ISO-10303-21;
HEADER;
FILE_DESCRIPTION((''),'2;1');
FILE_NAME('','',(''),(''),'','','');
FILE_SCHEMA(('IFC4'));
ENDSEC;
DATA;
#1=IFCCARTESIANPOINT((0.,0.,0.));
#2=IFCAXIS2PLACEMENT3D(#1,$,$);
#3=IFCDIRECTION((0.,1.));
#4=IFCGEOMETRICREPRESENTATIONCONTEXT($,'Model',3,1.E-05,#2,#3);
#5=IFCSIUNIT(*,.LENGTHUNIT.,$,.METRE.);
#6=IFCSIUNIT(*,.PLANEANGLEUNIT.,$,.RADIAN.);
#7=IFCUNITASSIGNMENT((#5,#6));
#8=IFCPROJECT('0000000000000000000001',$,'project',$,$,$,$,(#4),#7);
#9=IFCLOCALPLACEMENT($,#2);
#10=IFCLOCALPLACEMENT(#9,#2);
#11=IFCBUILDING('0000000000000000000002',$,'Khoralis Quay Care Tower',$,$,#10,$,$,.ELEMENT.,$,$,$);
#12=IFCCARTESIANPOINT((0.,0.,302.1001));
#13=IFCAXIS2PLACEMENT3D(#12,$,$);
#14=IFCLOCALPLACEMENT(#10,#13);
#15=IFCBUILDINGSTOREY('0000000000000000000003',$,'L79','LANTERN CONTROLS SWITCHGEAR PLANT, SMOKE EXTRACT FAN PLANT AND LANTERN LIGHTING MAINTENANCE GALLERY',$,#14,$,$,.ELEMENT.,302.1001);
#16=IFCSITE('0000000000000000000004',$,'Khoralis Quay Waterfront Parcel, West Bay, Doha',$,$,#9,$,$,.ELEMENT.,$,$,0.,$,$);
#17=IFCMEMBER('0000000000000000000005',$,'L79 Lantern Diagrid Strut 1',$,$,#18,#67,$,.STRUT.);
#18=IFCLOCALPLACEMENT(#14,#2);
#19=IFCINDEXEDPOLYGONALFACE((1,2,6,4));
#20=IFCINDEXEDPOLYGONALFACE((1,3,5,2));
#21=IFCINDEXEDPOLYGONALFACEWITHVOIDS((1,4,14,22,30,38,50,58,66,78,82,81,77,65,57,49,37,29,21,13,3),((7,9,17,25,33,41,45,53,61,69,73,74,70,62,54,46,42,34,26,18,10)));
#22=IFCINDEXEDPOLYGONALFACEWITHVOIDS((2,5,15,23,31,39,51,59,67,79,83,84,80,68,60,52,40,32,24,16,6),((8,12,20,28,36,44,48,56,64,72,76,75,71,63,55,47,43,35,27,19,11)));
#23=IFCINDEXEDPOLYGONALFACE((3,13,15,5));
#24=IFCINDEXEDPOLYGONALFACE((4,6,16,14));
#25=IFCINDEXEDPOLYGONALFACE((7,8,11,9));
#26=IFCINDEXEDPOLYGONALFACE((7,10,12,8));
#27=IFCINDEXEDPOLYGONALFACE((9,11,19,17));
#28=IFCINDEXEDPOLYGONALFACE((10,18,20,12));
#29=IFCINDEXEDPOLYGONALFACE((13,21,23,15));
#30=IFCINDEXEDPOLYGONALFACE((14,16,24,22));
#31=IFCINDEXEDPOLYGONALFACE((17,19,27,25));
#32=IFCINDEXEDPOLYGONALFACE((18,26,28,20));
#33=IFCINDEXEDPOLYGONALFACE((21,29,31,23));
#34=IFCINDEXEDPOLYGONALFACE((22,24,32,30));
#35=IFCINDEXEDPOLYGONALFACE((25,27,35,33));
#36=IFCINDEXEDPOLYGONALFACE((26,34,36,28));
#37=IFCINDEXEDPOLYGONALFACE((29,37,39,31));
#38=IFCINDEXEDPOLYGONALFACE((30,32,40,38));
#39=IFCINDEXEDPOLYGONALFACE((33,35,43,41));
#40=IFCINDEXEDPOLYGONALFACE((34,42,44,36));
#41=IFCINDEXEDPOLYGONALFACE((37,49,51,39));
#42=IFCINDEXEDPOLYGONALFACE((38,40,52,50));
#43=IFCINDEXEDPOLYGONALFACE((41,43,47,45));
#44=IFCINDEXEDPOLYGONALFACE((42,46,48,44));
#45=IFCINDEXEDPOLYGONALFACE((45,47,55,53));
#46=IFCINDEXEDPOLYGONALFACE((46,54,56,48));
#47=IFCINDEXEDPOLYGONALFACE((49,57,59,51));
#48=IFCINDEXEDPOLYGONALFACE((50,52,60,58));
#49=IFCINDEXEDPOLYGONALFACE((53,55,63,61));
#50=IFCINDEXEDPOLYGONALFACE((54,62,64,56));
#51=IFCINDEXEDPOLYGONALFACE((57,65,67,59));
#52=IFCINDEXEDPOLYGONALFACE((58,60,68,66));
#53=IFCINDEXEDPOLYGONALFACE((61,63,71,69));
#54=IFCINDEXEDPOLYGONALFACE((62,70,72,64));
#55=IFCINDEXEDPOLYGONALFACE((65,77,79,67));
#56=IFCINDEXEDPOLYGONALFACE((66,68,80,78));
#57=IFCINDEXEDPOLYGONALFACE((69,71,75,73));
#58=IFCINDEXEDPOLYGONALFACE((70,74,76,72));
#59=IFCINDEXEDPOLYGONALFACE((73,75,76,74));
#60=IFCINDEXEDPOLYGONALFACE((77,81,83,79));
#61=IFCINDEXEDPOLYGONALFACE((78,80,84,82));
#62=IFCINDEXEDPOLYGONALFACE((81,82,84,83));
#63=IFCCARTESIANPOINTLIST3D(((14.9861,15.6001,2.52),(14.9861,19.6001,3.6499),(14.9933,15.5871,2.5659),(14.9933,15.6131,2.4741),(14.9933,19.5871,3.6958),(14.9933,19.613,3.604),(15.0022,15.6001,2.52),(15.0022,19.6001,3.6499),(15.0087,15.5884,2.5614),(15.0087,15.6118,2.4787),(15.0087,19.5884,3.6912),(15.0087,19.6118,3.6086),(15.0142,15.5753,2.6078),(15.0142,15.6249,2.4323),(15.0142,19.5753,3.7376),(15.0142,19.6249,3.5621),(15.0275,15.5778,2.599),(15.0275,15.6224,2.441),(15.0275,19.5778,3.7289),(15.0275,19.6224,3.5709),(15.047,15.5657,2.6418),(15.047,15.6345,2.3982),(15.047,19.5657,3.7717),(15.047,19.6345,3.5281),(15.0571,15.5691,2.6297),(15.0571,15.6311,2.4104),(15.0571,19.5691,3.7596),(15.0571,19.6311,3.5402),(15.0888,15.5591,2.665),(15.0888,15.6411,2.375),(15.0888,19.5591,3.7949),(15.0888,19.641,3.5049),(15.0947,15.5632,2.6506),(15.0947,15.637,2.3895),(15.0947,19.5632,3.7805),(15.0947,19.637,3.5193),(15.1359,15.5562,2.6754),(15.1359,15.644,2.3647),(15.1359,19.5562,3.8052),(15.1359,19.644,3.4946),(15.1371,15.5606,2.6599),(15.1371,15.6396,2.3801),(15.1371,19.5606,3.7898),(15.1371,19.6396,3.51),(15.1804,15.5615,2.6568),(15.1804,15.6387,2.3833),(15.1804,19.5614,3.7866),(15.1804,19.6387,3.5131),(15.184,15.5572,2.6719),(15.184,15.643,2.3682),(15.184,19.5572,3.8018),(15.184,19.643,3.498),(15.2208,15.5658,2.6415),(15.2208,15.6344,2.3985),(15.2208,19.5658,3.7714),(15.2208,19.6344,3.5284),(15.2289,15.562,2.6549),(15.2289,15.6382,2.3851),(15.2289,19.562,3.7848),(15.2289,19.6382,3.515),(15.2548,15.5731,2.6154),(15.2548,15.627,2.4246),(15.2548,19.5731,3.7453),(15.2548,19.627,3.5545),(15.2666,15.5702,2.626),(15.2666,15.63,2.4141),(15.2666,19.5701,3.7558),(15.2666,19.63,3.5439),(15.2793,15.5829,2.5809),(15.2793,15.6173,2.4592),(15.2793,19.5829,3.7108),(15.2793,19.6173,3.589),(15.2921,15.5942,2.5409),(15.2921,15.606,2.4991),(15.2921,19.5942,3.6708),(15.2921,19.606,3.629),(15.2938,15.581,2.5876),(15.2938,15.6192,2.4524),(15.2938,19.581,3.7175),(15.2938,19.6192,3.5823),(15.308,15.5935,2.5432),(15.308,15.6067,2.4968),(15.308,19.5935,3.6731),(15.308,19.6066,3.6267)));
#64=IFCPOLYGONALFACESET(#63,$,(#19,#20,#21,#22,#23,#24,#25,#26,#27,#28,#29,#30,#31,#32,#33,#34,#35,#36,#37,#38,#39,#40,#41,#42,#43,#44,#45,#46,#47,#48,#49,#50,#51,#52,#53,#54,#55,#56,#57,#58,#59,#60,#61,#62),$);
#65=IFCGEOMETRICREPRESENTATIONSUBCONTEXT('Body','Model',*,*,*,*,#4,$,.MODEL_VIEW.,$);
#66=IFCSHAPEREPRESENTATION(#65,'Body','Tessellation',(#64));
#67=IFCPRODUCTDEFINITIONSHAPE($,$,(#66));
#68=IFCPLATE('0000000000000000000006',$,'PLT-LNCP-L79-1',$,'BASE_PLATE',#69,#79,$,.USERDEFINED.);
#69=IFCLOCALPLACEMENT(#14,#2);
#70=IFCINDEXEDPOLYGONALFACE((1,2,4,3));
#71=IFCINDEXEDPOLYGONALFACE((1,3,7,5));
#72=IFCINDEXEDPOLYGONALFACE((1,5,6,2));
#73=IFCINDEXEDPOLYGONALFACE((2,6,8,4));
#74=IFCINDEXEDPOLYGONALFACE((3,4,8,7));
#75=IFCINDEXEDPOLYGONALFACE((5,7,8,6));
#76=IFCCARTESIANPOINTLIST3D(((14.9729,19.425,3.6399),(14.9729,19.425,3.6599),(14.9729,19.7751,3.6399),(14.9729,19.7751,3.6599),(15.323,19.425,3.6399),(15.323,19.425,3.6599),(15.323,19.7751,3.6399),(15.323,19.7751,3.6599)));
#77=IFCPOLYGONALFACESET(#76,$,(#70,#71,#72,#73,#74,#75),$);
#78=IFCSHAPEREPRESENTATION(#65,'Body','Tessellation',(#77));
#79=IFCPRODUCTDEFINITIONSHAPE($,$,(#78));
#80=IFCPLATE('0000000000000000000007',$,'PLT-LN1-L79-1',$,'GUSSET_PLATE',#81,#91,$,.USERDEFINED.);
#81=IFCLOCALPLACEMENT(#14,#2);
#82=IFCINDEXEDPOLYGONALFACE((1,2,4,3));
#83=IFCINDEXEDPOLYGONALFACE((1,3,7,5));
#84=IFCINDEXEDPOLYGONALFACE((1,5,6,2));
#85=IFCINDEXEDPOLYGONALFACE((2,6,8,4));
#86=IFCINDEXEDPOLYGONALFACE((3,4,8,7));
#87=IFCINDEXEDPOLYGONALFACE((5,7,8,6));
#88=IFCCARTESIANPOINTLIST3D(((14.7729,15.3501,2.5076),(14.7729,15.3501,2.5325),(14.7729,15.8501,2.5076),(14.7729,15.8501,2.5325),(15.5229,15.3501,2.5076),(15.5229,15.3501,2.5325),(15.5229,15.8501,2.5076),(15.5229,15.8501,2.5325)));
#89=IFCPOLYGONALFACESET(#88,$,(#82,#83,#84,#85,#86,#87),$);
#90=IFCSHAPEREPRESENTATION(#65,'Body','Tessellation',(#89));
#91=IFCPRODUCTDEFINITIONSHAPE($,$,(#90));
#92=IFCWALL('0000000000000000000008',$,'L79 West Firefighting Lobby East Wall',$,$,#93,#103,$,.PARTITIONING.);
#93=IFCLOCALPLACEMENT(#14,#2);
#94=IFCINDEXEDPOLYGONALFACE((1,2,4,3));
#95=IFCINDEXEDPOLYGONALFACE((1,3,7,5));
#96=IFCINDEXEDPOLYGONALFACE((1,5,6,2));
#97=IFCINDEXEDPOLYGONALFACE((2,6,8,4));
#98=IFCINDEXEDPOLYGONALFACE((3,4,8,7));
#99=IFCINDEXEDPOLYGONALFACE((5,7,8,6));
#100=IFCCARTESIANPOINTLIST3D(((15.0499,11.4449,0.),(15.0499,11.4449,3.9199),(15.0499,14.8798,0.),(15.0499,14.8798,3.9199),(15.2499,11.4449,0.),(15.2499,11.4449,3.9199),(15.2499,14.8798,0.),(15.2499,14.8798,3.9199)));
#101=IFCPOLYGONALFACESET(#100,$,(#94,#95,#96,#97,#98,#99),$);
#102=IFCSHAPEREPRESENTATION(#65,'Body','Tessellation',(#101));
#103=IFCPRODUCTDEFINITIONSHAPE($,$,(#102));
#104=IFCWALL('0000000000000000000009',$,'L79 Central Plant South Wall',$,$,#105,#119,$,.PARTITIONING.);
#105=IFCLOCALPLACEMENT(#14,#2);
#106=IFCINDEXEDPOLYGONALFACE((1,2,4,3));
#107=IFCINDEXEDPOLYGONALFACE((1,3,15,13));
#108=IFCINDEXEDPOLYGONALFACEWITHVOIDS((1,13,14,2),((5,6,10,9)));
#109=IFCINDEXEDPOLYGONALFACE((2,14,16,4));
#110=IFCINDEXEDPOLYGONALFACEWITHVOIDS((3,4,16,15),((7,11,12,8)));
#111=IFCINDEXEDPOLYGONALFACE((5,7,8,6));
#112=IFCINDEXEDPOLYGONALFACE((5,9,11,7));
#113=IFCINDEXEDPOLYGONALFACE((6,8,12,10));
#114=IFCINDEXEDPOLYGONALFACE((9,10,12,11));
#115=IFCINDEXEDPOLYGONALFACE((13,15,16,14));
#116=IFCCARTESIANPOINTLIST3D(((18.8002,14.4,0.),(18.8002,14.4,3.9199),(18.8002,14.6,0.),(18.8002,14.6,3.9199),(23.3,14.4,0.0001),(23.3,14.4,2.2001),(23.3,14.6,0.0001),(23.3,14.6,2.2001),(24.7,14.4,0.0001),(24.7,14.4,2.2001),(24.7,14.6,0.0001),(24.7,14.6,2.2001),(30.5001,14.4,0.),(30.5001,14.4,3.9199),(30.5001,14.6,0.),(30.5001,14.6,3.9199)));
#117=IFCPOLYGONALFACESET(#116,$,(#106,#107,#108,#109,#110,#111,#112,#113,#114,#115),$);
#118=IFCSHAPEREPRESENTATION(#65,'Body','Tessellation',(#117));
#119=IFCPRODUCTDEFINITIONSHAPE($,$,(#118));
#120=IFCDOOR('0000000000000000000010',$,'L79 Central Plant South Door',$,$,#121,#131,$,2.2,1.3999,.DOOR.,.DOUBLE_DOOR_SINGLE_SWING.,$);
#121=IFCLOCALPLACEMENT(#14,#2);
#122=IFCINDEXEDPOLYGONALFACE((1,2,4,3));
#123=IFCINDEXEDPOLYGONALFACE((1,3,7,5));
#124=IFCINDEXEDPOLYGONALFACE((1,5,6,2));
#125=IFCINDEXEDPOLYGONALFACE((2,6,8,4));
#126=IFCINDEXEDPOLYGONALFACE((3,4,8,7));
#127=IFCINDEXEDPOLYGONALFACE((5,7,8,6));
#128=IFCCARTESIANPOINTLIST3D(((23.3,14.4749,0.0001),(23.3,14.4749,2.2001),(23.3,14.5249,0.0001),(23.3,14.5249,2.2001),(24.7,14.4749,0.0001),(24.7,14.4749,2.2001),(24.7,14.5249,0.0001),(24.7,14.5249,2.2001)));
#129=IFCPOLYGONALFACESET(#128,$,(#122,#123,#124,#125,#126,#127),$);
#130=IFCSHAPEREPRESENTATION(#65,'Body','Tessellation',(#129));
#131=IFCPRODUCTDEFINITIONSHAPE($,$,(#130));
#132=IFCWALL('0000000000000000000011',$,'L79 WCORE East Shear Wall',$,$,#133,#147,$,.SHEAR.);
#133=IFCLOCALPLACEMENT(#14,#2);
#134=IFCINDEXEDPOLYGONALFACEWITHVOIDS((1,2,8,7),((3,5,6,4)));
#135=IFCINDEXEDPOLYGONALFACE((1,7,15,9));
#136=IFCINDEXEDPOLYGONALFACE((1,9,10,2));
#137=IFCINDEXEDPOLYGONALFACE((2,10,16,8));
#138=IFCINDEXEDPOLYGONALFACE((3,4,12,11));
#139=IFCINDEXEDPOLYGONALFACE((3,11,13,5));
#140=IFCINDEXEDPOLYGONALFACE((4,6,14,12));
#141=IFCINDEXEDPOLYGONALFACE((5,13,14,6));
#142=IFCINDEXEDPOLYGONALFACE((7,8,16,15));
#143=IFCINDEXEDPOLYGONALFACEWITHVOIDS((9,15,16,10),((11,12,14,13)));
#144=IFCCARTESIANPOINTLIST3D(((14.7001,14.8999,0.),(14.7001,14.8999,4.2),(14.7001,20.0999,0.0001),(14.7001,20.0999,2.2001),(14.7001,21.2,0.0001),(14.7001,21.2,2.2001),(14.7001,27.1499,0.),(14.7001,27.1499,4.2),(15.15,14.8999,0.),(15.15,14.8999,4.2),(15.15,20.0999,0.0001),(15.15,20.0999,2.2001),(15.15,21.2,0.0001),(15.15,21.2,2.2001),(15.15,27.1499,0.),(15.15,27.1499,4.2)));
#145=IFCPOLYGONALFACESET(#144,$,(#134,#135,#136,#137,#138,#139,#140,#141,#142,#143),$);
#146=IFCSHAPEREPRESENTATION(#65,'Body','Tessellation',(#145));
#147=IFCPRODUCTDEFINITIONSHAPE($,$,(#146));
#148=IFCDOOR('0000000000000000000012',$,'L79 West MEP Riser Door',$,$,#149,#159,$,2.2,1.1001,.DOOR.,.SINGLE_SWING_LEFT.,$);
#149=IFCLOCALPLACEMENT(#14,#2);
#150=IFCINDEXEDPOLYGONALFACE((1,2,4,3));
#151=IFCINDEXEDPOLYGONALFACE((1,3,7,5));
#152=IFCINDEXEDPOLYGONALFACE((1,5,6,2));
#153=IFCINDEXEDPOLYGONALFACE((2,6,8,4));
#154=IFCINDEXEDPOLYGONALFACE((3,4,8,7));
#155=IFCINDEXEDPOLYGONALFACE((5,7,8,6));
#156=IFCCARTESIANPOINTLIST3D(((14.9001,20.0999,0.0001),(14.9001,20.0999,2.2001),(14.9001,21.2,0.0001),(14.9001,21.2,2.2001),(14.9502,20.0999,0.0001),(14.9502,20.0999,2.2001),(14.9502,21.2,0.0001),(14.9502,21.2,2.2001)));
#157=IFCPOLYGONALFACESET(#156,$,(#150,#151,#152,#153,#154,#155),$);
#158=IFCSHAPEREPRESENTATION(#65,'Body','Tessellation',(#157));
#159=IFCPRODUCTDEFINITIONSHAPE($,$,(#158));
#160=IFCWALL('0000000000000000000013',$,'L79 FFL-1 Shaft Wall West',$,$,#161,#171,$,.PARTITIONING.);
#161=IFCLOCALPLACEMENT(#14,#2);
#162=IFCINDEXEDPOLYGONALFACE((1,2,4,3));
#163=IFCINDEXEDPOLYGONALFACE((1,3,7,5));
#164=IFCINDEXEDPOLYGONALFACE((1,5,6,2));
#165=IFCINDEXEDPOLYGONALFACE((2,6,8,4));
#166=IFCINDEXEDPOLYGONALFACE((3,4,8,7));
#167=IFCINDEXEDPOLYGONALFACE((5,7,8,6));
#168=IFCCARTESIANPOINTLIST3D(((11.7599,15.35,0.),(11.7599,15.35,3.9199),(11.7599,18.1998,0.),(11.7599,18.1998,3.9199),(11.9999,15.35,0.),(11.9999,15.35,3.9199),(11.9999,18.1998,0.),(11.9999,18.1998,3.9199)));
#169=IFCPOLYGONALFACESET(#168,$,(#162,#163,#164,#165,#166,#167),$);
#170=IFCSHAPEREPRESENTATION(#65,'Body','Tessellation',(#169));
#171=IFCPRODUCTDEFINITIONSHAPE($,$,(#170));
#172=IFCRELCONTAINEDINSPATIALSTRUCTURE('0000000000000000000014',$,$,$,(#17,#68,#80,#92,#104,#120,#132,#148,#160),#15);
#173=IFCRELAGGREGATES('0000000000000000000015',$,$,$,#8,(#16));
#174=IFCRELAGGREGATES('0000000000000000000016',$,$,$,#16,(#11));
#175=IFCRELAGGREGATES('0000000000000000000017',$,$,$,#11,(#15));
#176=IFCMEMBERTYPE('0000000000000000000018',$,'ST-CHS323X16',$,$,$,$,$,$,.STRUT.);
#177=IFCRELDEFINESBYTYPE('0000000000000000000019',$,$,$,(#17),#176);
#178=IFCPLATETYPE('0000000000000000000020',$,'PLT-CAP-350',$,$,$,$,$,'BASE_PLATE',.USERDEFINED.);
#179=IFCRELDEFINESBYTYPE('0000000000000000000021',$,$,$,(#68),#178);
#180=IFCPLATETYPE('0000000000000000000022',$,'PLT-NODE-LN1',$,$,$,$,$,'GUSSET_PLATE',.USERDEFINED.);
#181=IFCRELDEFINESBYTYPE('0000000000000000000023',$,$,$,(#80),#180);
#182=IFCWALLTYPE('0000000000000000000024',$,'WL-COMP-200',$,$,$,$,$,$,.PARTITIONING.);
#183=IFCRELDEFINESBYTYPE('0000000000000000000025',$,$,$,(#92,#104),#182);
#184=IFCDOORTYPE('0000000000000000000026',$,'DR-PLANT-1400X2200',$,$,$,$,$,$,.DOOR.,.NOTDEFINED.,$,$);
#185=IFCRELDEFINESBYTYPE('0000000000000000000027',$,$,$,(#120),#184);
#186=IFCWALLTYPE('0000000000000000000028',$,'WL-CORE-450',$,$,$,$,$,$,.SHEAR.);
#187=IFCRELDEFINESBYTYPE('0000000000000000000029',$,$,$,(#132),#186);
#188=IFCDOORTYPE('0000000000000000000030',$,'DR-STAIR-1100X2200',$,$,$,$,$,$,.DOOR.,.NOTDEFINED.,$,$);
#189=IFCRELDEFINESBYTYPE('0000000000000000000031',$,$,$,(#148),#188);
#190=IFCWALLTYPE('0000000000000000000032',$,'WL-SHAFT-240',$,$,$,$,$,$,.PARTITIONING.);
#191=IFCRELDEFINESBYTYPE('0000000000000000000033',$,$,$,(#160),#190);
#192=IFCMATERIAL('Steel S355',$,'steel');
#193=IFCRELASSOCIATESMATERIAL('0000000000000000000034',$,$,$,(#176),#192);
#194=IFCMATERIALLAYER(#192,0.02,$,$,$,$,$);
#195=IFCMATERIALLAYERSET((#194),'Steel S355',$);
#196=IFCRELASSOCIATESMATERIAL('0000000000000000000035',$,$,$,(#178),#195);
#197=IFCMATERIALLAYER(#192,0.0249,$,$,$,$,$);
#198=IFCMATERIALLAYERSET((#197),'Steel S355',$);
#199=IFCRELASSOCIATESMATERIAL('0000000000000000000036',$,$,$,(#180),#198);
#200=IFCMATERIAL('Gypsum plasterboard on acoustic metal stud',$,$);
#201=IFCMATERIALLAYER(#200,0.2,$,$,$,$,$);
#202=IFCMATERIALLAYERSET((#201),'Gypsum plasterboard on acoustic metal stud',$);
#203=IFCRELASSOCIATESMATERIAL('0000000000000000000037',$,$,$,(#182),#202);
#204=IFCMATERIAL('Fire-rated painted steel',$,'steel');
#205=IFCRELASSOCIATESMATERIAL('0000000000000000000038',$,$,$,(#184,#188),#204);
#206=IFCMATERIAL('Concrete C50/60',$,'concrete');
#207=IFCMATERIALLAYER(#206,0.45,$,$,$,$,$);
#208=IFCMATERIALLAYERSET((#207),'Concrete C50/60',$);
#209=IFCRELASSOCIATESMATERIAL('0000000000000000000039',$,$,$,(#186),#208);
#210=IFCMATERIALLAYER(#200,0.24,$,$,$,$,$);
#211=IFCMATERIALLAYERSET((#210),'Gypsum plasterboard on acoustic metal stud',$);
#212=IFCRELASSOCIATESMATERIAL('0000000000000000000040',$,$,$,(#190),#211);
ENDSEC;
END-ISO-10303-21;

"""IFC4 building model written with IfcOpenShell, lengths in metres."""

from ifc_helpers import new_model, si_unit, direction, frame, frame_2d, origin, origin_2d, place, context, subcontext, project, spatial, rectangle, hollow_circle, extrude, source, transform, mapped, material, layer, layer_set, material_profile, profile_set, type_object, element, fill, save


model = new_model("IFC4")

# Units and contexts
model_context = context("Model", 3, precision=1e-05, world=origin(), true_north=direction((0.0, 1.0)))
body_context = subcontext(model_context, "Body", "Model", "MODEL_VIEW")
ifc_project = project(units=[si_unit("LENGTHUNIT", "METRE"), si_unit("PLANEANGLEUNIT", "RADIAN")], contexts=[model_context])

# Site, building, storey
site_placement = place(None, origin())
site = spatial("IfcSite", under=ifc_project, at=site_placement, Name="Khoralis Quay Waterfront Parcel, West Bay, Doha", CompositionType="ELEMENT", RefElevation=0.0)
building_placement = place(site_placement, origin())
building = spatial("IfcBuilding", under=site, at=building_placement, Name="Khoralis Quay Care Tower", CompositionType="ELEMENT")
storey_placement = place(building_placement, frame((0.0, 0.0, 302.1001)))
storey = spatial("IfcBuildingStorey", under=building, at=storey_placement, Name="L79", Description="LANTERN CONTROLS SWITCHGEAR PLANT, SMOKE EXTRACT FAN PLANT AND LANTERN LIGHTING MAINTENANCE GALLERY", CompositionType="ELEMENT", Elevation=302.1001)

# Shared definitions
ifc_material_1 = material(Name="Concrete C50/60", Category="concrete")

# Shared definitions
ifc_material_2 = material(Name="Steel S355", Category="steel")

# Member
ifc_material_profile_1 = material_profile(ifc_material_2, hollow_circle(Radius=0.1619, WallThickness=0.0161, at=origin_2d()), Name="Steel S355")
ifc_profile_set_1 = profile_set([ifc_material_profile_1], Name="Steel S355")
member_type = type_object("IfcMemberType", Name="ST-CHS323X16", PredefinedType="STRUT", material=ifc_profile_set_1)
shared_shape_1 = source(origin(), body_context, "Body", "SweptSolid", [
    extrude(hollow_circle(Radius=0.1619, WallThickness=0.0161, at=origin_2d()), origin(), (0.0, 0.0, 1.0), 4.1565),
])
member_placement = place(storey_placement, frame((15.1479, 15.6001, 2.52), z_axis=(0.0, 0.962344, 0.271834), x_axis=(-1.0, 0.0, 0.0)))
element("IfcMember", 1, at=member_placement, inside=storey, type_object=member_type, Name="L79 Lantern Diagrid Strut 1", PredefinedType="STRUT", context=body_context, shape_type="MappedRepresentation", body=[
    mapped(shared_shape_1, transform((0.0, 0.0, 0.0), scale=1.0)),
])

# Plates
ifc_layer_1 = layer(ifc_material_2, 0.02)
ifc_layer_set_1 = layer_set([ifc_layer_1], Name="Steel S355")
plate_type_1 = type_object("IfcPlateType", Name="PLT-CAP-350", ElementType="BASE_PLATE", PredefinedType="USERDEFINED", material=ifc_layer_set_1)
shared_shape_2 = source(origin(), body_context, "Body", "SweptSolid", [
    extrude(rectangle(XDim=0.3501, YDim=0.3501, at=origin_2d()), origin(), (0.0, 0.0, 1.0), 0.02),
])
plate_1_placement = place(storey_placement, frame((15.1479, 19.6001, 3.6399), z_axis=(0.0, 0.0, 1.0), x_axis=(1.0, 0.0, 0.0)))
element("IfcPlate", 2, at=plate_1_placement, inside=storey, type_object=plate_type_1, Name="PLT-LNCP-L79-1", ObjectType="BASE_PLATE", PredefinedType="USERDEFINED", context=body_context, shape_type="MappedRepresentation", body=[
    mapped(shared_shape_2, transform((0.0, 0.0, 0.0), scale=1.0)),
])
ifc_layer_2 = layer(ifc_material_2, 0.0249)
ifc_layer_set_2 = layer_set([ifc_layer_2], Name="Steel S355")
plate_type_2 = type_object("IfcPlateType", Name="PLT-NODE-LN1", ElementType="GUSSET_PLATE", PredefinedType="USERDEFINED", material=ifc_layer_set_2)
shared_shape_3 = source(origin(), body_context, "Body", "SweptSolid", [
    extrude(rectangle(XDim=0.75, YDim=0.5, at=origin_2d()), origin(), (0.0, 0.0, 1.0), 0.0249),
])
plate_2_placement = place(storey_placement, frame((15.1479, 15.6001, 2.5076), z_axis=(0.0, 0.0, 1.0), x_axis=(1.0, 0.0, 0.0)))
element("IfcPlate", 3, at=plate_2_placement, inside=storey, type_object=plate_type_2, Name="PLT-LN1-L79-1", ObjectType="GUSSET_PLATE", PredefinedType="USERDEFINED", context=body_context, shape_type="MappedRepresentation", body=[
    mapped(shared_shape_3, transform((0.0, 0.0, 0.0), scale=1.0)),
])

# Wall
ifc_material_3 = material(Name="Gypsum plasterboard on acoustic metal stud")
ifc_layer_3 = layer(ifc_material_3, 0.2)
ifc_layer_set_3 = layer_set([ifc_layer_3], Name="Gypsum plasterboard on acoustic metal stud")
wall_type_1 = type_object("IfcWallType", Name="WL-COMP-200", PredefinedType="PARTITIONING", material=ifc_layer_set_3)
wall_1_placement = place(storey_placement, frame((15.1499, 11.4451, 0.0), z_axis=(0.0, 0.0, 1.0), x_axis=(0.0, 1.0, 0.0)))
element("IfcWall", 4, at=wall_1_placement, inside=storey, type_object=wall_type_1, Name="L79 West Firefighting Lobby East Wall", PredefinedType="PARTITIONING", context=body_context, shape_type="SweptSolid", body=[
    extrude(rectangle(XDim=3.4348, YDim=0.2, at=frame_2d((1.7173, 0.0))), origin(), (0.0, 0.0, 1.0), 3.9199),
])

# Walls, openings, doors
wall_2_placement = place(storey_placement, frame((18.8, 14.5, 0.0), z_axis=(0.0, 0.0, 1.0), x_axis=(1.0, 0.0, 0.0)))
wall_2 = element("IfcWall", 5, at=wall_2_placement, inside=storey, type_object=wall_type_1, Name="L79 Central Plant South Wall", PredefinedType="PARTITIONING", context=body_context, shape_type="SweptSolid", body=[
    extrude(rectangle(XDim=11.7, YDim=0.2, at=frame_2d((5.8501, 0.0))), origin(), (0.0, 0.0, 1.0), 3.9199),
])
opening_1_placement = place(wall_2_placement, frame((4.5, 0.0, 0.0)))
opening_1 = element("IfcOpeningElement", 6, at=opening_1_placement, cuts=wall_2, PredefinedType="OPENING", context=body_context, shape_type="SweptSolid", body=[
    extrude(rectangle(XDim=1.3999, YDim=2.2, at=frame_2d((0.7, 1.1001))), frame((0.0, 0.1099, 0.0), z_axis=(0.0, -1.0, 0.0), x_axis=(1.0, 0.0, 0.0)), (0.0, 0.0, 1.0), 0.22),
])
ifc_material_4 = material(Name="Fire-rated painted steel", Category="steel")
door_type_1 = type_object("IfcDoorType", Name="DR-PLANT-1400X2200", OperationType="NOTDEFINED", PredefinedType="DOOR", material=ifc_material_4)
shared_shape_4 = source(origin(), body_context, "Body", "SweptSolid", [
    extrude(rectangle(XDim=1.3999, YDim=2.2, at=frame_2d((0.7, 1.1001))), frame((0.0, 0.0249, 0.0), z_axis=(0.0, -1.0, 0.0), x_axis=(1.0, 0.0, 0.0)), (0.0, 0.0, 1.0), 0.05),
])
door_1_placement = place(opening_1_placement, origin())
door_1 = element("IfcDoor", 7, at=door_1_placement, inside=storey, type_object=door_type_1, Name="L79 Central Plant South Door", OperationType="DOUBLE_DOOR_SINGLE_SWING", OverallHeight=2.2, OverallWidth=1.3999, PredefinedType="DOOR", context=body_context, shape_type="MappedRepresentation", body=[
    mapped(shared_shape_4, transform((0.0, 0.0, 0.0), scale=1.0)),
])
fill(opening_1, door_1)
ifc_layer_4 = layer(ifc_material_1, 0.45)
ifc_layer_set_4 = layer_set([ifc_layer_4], Name="Concrete C50/60")
wall_type_2 = type_object("IfcWallType", Name="WL-CORE-450", PredefinedType="SHEAR", material=ifc_layer_set_4)
wall_3_placement = place(storey_placement, frame((14.925, 14.8999, 0.0), z_axis=(0.0, 0.0, 1.0), x_axis=(0.0, 1.0, 0.0)))
wall_3 = element("IfcWall", 8, at=wall_3_placement, inside=storey, type_object=wall_type_2, Name="L79 WCORE East Shear Wall", PredefinedType="SHEAR", context=body_context, shape_type="SweptSolid", body=[
    extrude(rectangle(XDim=12.25, YDim=0.45, at=frame_2d((6.125, 0.0))), origin(), (0.0, 0.0, 1.0), 4.2),
])
opening_2_placement = place(wall_3_placement, frame((5.2, 0.0, 0.0)))
opening_2 = element("IfcOpeningElement", 9, at=opening_2_placement, cuts=wall_3, PredefinedType="OPENING", context=body_context, shape_type="SweptSolid", body=[
    extrude(rectangle(XDim=1.1001, YDim=2.2, at=frame_2d((0.55, 1.1001))), frame((0.0, 0.2349, 0.0), z_axis=(0.0, -1.0, 0.0), x_axis=(1.0, 0.0, 0.0)), (0.0, 0.0, 1.0), 0.47),
])
door_type_2 = type_object("IfcDoorType", Name="DR-STAIR-1100X2200", OperationType="NOTDEFINED", PredefinedType="DOOR", material=ifc_material_4)
shared_shape_5 = source(origin(), body_context, "Body", "SweptSolid", [
    extrude(rectangle(XDim=1.1001, YDim=2.2, at=frame_2d((0.55, 1.1001))), frame((0.0, 0.0249, 0.0), z_axis=(0.0, -1.0, 0.0), x_axis=(1.0, 0.0, 0.0)), (0.0, 0.0, 1.0), 0.05),
])
door_2_placement = place(opening_2_placement, origin())
door_2 = element("IfcDoor", 10, at=door_2_placement, inside=storey, type_object=door_type_2, Name="L79 West MEP Riser Door", OperationType="SINGLE_SWING_LEFT", OverallHeight=2.2, OverallWidth=1.1001, PredefinedType="DOOR", context=body_context, shape_type="MappedRepresentation", body=[
    mapped(shared_shape_5, transform((0.0, 0.0, 0.0), scale=1.0)),
])
fill(opening_2, door_2)

# Wall
ifc_layer_5 = layer(ifc_material_3, 0.24)
ifc_layer_set_5 = layer_set([ifc_layer_5], Name="Gypsum plasterboard on acoustic metal stud")
wall_type_3 = type_object("IfcWallType", Name="WL-SHAFT-240", PredefinedType="PARTITIONING", material=ifc_layer_set_5)
wall_4_placement = place(storey_placement, frame((11.8799, 15.3501, 0.0), z_axis=(0.0, 0.0, 1.0), x_axis=(0.0, 1.0, 0.0)))
element("IfcWall", 11, at=wall_4_placement, inside=storey, type_object=wall_type_3, Name="L79 FFL-1 Shaft Wall West", PredefinedType="PARTITIONING", context=body_context, shape_type="SweptSolid", body=[
    extrude(rectangle(XDim=2.8499, YDim=0.24, at=frame_2d((1.4248, 0.0))), origin(), (0.0, 0.0, 1.0), 3.9199),
])

save(model, "model.ifc")
